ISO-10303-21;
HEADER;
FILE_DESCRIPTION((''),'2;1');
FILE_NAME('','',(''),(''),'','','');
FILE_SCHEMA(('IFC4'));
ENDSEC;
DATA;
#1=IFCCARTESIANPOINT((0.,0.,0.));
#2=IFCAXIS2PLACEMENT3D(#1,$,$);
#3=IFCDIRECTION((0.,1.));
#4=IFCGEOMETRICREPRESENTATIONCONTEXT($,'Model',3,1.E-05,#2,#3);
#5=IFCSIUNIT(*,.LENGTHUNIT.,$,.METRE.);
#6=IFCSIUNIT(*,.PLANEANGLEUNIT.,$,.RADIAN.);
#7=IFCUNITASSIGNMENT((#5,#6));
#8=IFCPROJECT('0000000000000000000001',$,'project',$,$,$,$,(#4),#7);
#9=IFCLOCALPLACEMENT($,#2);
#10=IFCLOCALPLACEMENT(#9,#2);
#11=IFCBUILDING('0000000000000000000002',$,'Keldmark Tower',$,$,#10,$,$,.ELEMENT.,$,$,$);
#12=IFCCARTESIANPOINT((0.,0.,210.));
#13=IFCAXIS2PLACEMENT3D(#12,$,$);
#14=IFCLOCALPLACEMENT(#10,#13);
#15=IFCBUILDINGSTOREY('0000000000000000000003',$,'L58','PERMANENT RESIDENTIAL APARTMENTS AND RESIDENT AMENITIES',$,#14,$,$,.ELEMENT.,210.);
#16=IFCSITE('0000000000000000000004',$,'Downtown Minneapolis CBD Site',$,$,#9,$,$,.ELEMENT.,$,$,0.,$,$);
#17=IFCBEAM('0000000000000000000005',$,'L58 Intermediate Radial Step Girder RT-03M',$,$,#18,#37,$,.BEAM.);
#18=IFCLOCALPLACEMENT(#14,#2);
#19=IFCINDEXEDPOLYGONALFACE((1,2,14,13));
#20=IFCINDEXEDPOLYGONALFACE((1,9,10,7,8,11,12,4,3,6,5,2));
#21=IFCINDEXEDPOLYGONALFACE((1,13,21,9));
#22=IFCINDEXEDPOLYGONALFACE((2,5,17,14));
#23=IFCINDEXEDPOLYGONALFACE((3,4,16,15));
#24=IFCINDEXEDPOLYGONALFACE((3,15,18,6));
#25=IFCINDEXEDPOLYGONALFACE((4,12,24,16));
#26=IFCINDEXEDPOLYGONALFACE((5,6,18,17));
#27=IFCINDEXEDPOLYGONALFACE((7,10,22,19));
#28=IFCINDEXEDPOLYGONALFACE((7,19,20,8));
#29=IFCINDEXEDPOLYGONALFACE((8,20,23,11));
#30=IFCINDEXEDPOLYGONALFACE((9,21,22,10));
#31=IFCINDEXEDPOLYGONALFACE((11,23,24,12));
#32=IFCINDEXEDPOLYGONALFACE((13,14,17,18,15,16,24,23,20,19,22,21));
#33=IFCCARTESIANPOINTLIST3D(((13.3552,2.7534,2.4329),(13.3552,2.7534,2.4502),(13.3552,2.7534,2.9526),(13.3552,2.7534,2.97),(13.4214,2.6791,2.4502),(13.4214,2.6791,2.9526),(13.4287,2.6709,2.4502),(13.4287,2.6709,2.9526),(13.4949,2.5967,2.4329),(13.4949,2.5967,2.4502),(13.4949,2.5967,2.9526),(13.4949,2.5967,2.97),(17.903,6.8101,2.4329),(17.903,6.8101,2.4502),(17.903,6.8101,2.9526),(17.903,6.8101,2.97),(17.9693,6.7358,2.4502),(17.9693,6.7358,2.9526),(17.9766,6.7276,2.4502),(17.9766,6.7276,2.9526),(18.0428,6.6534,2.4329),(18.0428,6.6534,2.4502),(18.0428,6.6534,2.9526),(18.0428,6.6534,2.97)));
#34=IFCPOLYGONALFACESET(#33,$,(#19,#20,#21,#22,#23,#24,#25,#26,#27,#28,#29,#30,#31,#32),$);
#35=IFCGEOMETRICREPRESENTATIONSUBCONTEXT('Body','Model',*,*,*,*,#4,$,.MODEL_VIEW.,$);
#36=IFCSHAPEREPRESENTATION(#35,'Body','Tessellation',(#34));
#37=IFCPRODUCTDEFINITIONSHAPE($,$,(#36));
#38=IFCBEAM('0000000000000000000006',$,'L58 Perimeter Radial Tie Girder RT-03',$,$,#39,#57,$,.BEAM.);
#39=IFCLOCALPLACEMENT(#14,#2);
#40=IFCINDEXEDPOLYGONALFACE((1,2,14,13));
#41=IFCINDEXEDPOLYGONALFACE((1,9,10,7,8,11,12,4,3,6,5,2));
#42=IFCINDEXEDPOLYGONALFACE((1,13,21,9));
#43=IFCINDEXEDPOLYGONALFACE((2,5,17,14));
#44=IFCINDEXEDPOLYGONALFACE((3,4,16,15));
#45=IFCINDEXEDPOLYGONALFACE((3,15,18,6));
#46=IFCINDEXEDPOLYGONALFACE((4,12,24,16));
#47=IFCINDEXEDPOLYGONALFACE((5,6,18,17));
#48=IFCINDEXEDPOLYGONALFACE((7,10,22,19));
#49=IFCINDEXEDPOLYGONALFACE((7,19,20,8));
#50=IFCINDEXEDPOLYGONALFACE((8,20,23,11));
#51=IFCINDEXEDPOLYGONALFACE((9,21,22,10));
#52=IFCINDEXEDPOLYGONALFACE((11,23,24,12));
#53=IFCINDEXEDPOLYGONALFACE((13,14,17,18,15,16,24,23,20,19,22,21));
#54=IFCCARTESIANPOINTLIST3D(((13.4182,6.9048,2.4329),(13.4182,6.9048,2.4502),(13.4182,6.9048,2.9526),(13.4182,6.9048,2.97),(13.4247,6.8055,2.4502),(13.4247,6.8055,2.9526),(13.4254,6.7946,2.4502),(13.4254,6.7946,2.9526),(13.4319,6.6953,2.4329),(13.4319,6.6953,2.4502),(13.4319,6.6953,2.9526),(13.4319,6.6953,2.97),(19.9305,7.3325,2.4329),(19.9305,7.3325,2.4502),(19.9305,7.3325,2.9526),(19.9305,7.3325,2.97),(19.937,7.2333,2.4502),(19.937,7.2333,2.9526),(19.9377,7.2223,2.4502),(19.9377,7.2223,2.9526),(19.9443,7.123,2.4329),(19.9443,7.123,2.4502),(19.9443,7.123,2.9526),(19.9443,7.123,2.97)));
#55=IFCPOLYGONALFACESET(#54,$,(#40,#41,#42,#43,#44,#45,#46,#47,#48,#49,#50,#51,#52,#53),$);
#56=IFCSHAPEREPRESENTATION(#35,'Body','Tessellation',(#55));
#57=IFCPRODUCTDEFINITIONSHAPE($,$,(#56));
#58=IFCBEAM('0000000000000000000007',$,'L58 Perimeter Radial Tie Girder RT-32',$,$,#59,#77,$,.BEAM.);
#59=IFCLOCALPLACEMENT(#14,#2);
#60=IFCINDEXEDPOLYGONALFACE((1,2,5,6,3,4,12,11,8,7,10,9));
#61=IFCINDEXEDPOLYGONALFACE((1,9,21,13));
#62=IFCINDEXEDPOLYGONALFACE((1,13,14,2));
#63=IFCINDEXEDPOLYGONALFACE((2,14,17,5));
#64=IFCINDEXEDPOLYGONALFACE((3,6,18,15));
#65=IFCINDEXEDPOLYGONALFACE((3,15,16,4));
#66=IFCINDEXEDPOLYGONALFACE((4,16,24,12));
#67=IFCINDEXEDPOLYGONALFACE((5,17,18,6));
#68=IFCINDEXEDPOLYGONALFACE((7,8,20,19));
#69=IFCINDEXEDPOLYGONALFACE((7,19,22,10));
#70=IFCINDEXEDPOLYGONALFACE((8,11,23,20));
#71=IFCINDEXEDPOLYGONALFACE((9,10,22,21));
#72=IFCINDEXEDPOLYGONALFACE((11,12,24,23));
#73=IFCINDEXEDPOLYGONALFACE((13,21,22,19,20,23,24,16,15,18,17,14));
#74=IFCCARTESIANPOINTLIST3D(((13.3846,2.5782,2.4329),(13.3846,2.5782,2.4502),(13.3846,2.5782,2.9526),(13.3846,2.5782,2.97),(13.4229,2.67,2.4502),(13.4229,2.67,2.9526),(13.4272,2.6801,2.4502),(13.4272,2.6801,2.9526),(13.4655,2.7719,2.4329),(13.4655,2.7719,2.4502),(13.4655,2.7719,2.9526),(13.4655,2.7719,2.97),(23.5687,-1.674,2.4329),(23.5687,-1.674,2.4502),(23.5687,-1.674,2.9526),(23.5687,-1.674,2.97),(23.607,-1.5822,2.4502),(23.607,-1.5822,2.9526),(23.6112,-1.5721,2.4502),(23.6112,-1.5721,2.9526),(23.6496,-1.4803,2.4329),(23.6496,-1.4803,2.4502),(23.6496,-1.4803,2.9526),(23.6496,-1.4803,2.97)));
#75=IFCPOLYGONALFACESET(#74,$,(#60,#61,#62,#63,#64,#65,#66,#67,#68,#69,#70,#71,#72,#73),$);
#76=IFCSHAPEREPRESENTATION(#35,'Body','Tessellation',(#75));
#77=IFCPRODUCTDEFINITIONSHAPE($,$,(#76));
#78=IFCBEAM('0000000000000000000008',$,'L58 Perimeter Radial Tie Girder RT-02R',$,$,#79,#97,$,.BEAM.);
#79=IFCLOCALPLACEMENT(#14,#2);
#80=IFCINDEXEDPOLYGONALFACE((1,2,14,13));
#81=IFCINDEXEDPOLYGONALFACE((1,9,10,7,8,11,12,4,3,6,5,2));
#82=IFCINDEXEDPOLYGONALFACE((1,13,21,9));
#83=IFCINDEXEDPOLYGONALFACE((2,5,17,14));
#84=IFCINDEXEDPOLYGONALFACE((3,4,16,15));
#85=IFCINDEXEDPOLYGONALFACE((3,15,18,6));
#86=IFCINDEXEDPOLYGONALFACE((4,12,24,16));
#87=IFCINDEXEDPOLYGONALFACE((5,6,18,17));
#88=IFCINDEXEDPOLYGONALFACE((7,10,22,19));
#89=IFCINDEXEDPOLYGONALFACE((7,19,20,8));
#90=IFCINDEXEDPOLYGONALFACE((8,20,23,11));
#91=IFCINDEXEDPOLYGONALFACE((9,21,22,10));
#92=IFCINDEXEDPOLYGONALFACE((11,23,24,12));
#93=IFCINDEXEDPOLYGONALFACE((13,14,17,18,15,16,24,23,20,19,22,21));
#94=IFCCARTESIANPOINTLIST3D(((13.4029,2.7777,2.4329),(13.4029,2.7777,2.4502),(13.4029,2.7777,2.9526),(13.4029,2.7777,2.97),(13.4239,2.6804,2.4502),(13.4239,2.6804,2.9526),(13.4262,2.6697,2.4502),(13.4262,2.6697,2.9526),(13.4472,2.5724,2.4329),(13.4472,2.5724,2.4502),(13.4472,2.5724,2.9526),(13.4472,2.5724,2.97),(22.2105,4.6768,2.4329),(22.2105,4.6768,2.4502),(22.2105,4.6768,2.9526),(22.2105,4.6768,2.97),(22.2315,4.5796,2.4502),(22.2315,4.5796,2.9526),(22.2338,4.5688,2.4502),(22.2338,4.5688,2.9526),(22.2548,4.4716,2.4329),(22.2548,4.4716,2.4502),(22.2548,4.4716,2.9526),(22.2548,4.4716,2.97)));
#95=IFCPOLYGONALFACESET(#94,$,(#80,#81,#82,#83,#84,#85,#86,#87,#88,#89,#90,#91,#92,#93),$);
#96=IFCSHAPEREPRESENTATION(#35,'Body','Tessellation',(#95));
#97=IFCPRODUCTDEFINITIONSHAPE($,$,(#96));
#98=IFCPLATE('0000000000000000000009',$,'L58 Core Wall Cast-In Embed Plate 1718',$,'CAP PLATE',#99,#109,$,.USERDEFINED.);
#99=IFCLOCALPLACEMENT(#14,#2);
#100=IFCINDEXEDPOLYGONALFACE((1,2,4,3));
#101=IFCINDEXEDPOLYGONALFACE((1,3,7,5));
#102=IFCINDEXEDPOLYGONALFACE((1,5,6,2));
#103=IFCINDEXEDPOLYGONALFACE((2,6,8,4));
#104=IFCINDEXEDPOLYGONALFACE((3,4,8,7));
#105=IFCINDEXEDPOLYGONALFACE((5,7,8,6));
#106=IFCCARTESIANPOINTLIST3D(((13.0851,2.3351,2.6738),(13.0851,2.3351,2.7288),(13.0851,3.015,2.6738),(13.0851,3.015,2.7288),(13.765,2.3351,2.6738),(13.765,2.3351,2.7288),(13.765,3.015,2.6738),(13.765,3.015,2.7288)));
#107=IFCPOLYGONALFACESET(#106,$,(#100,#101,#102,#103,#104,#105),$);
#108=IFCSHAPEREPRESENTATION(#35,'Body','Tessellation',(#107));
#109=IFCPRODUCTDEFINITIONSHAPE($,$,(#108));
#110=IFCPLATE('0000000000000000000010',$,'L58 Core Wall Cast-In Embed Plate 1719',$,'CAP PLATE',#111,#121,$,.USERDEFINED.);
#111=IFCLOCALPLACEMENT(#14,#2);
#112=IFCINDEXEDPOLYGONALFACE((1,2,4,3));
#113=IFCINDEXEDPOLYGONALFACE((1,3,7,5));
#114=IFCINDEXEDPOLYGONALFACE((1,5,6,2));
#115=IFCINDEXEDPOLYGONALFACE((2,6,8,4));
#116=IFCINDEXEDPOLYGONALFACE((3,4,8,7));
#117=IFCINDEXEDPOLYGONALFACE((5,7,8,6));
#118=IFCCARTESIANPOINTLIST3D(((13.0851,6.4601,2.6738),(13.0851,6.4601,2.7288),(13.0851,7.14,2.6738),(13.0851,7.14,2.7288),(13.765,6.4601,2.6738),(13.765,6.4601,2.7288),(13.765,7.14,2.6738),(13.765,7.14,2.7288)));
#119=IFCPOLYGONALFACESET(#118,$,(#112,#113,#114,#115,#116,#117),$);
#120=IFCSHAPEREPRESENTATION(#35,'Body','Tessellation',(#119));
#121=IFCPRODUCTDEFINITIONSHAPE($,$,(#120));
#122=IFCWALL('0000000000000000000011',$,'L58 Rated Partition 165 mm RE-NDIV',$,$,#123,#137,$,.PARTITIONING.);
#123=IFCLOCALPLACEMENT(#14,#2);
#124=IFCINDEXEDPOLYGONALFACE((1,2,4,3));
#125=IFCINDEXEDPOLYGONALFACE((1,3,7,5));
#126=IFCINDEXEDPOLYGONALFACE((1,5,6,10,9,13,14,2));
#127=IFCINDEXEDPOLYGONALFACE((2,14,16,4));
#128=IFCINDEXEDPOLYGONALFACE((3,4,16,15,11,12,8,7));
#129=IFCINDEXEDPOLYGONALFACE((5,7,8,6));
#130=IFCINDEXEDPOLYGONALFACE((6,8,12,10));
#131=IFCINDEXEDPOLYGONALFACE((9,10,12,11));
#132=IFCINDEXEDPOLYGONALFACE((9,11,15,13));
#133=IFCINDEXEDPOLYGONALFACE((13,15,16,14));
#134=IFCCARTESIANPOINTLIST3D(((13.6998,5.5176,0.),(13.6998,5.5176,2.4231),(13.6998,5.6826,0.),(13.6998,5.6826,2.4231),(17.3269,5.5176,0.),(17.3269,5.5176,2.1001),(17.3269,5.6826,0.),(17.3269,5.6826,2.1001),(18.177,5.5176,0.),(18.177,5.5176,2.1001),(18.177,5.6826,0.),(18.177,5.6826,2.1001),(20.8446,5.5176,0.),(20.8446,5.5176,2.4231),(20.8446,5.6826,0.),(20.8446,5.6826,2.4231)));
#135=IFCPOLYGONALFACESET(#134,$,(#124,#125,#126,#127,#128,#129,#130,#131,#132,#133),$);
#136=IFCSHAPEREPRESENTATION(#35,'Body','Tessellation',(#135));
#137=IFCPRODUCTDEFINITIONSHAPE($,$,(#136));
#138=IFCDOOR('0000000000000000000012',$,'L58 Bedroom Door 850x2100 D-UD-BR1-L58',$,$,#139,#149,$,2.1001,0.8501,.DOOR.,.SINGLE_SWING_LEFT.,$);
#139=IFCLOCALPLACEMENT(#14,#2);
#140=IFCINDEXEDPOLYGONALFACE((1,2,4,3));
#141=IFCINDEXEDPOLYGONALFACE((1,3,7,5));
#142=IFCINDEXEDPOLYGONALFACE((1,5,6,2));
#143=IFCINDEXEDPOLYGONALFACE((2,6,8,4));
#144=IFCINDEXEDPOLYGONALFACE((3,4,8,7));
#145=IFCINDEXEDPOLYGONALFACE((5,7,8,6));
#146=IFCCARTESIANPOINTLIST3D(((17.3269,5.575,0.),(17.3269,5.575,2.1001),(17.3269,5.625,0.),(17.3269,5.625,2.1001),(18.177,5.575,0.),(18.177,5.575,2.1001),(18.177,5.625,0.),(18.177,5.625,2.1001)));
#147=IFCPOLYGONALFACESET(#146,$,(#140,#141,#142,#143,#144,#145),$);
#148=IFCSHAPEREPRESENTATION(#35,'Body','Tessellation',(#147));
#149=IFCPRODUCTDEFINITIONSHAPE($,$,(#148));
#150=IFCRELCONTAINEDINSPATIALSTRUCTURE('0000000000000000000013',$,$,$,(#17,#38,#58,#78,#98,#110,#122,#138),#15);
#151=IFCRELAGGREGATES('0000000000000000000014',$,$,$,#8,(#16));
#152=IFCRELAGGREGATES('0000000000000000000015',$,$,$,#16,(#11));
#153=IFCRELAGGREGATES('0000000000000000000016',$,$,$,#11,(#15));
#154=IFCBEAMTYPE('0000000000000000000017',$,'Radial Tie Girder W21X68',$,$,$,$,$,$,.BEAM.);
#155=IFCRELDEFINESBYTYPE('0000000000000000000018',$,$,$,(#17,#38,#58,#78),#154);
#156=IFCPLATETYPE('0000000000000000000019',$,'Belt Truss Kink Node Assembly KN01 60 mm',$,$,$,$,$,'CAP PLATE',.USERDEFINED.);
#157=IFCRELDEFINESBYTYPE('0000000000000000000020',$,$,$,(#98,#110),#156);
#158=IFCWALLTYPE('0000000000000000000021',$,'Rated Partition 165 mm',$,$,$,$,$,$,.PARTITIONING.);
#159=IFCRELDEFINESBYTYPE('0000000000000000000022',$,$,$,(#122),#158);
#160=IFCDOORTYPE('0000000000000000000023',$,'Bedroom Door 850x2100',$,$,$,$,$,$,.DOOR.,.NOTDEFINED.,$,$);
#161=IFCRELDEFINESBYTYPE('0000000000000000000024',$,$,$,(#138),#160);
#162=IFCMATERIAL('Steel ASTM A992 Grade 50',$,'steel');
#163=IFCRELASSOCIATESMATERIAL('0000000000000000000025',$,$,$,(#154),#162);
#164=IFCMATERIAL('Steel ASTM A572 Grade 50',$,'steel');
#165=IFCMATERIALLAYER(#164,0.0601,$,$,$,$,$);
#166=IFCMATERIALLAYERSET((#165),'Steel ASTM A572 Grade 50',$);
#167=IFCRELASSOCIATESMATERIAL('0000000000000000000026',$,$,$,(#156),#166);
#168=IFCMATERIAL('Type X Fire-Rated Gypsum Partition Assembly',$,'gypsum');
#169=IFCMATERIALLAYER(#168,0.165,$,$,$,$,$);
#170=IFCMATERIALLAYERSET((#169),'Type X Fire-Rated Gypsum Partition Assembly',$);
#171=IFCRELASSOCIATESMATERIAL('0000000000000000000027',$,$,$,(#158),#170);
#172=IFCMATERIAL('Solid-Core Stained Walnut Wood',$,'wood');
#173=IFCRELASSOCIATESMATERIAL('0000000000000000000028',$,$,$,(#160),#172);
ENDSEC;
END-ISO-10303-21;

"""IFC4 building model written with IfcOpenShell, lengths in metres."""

from ifc_helpers import new_model, si_unit, direction, frame, frame_2d, origin, origin_2d, place, context, subcontext, project, spatial, rectangle, i_section, extrude, material, layer, layer_set, material_profile, profile_set, type_object, element, fill, save


model = new_model("IFC4")

# Units and contexts
model_context = context("Model", 3, precision=1e-05, world=origin(), true_north=direction((0.0, 1.0)))
body_context = subcontext(model_context, "Body", "Model", "MODEL_VIEW")
ifc_project = project(units=[si_unit("LENGTHUNIT", "METRE"), si_unit("PLANEANGLEUNIT", "RADIAN")], contexts=[model_context])

# Site, building, storey
site_placement = place(None, origin())
site = spatial("IfcSite", under=ifc_project, at=site_placement, Name="Downtown Minneapolis CBD Site", CompositionType="ELEMENT", RefElevation=0.0)
building_placement = place(site_placement, origin())
building = spatial("IfcBuilding", under=site, at=building_placement, Name="Keldmark Tower", CompositionType="ELEMENT")
storey_placement = place(building_placement, frame((0.0, 0.0, 210.0)))
storey = spatial("IfcBuildingStorey", under=building, at=storey_placement, Name="L58", Description="PERMANENT RESIDENTIAL APARTMENTS AND RESIDENT AMENITIES", CompositionType="ELEMENT", Elevation=210.0)

# Beams
ifc_material_1 = material(Name="Steel ASTM A992 Grade 50", Category="steel")
ifc_material_profile = material_profile(ifc_material_1, i_section(OverallWidth=0.21, OverallDepth=0.5371, WebThickness=0.011, FlangeThickness=0.0173, at=origin_2d()), Name="W21X68")
ifc_profile_set = profile_set([ifc_material_profile], Name="Steel ASTM A992 Grade 50")
beam_type = type_object("IfcBeamType", Name="Radial Tie Girder W21X68", PredefinedType="BEAM", material=ifc_profile_set)
beam_1_placement = place(storey_placement, frame((13.425, 2.675, 2.7014), z_axis=(0.746259, 0.665656, 0.0), x_axis=(-0.665656, 0.746259, 0.0)))
element("IfcBeam", 1, at=beam_1_placement, inside=storey, type_object=beam_type, Name="L58 Intermediate Radial Step Girder RT-03M", PredefinedType="BEAM", context=body_context, shape_type="SweptSolid", body=[
    extrude(i_section(OverallWidth=0.21, OverallDepth=0.5371, WebThickness=0.011, FlangeThickness=0.0173, at=origin_2d()), origin(), (0.0, 0.0, 1.0), 6.0942),
])
beam_2_placement = place(storey_placement, frame((13.425, 6.8, 2.7014), z_axis=(0.99785, 0.065538, 0.0), x_axis=(-0.065538, 0.99785, 0.0)))
element("IfcBeam", 2, at=beam_2_placement, inside=storey, type_object=beam_type, Name="L58 Perimeter Radial Tie Girder RT-03", PredefinedType="BEAM", context=body_context, shape_type="SweptSolid", body=[
    extrude(i_section(OverallWidth=0.21, OverallDepth=0.5371, WebThickness=0.011, FlangeThickness=0.0173, at=origin_2d()), origin(), (0.0, 0.0, 1.0), 6.5264),
])
beam_3_placement = place(storey_placement, frame((13.425, 2.675, 2.7014), z_axis=(0.922793, -0.385297, 0.0), x_axis=(0.385297, 0.922793, 0.0)))
element("IfcBeam", 3, at=beam_3_placement, inside=storey, type_object=beam_type, Name="L58 Perimeter Radial Tie Girder RT-32", PredefinedType="BEAM", context=body_context, shape_type="SweptSolid", body=[
    extrude(i_section(OverallWidth=0.21, OverallDepth=0.5371, WebThickness=0.011, FlangeThickness=0.0173, at=origin_2d()), origin(), (0.0, 0.0, 1.0), 11.0361),
])
beam_4_placement = place(storey_placement, frame((13.425, 2.675, 2.7014), z_axis=(0.977533, 0.210784, 0.0), x_axis=(-0.210784, 0.977533, 0.0)))
element("IfcBeam", 4, at=beam_4_placement, inside=storey, type_object=beam_type, Name="L58 Perimeter Radial Tie Girder RT-02R", PredefinedType="BEAM", context=body_context, shape_type="SweptSolid", body=[
    extrude(i_section(OverallWidth=0.21, OverallDepth=0.5371, WebThickness=0.011, FlangeThickness=0.0173, at=origin_2d()), origin(), (0.0, 0.0, 1.0), 9.01),
])

# Plates
ifc_material_2 = material(Name="Steel ASTM A572 Grade 50", Category="steel")
ifc_layer_1 = layer(ifc_material_2, 0.0601)
ifc_layer_set_1 = layer_set([ifc_layer_1], Name="Steel ASTM A572 Grade 50")
plate_type = type_object("IfcPlateType", Name="Belt Truss Kink Node Assembly KN01 60 mm", ElementType="CAP PLATE", PredefinedType="USERDEFINED", material=ifc_layer_set_1)
for number, where, z_axis, x_axis, name in (
    (5, (13.425, 2.675, 2.6738), (0.0, 0.0, 1.0), (1.0, 0.0, 0.0), "L58 Core Wall Cast-In Embed Plate 1718"),
    (6, (13.425, 6.8, 2.6738), (0.0, 0.0, 1.0), (1.0, 0.0, 0.0), "L58 Core Wall Cast-In Embed Plate 1719"),
):
    element("IfcPlate", number, at=place(storey_placement, frame(where, z_axis=z_axis, x_axis=x_axis)), inside=storey, type_object=plate_type, Name=name, ObjectType="CAP PLATE", PredefinedType="USERDEFINED", context=body_context, shape_type="SweptSolid", body=[
        extrude(rectangle(XDim=0.6799, YDim=0.6799, at=origin_2d()), origin(), (0.0, 0.0, 1.0), 0.0549),
    ])

# Wall, opening, door
ifc_material_3 = material(Name="Type X Fire-Rated Gypsum Partition Assembly", Category="gypsum")
ifc_layer_2 = layer(ifc_material_3, 0.165)
ifc_layer_set_2 = layer_set([ifc_layer_2], Name="Type X Fire-Rated Gypsum Partition Assembly")
wall_type_1 = type_object("IfcWallType", Name="Rated Partition 165 mm", PredefinedType="PARTITIONING", material=ifc_layer_set_2)
wall_1_placement = place(storey_placement, frame((13.7, 5.6001, 0.0), z_axis=(0.0, 0.0, 1.0), x_axis=(1.0, 0.0, 0.0)))
wall_1 = element("IfcWall", 7, at=wall_1_placement, inside=storey, type_object=wall_type_1, Name="L58 Rated Partition 165 mm RE-NDIV", PredefinedType="PARTITIONING", context=body_context, shape_type="SweptSolid", body=[
    extrude(rectangle(XDim=7.1448, YDim=0.165, at=frame_2d((3.5723, 0.0))), origin(), (0.0, 0.0, 1.0), 2.4231),
])
opening_1_placement = place(wall_1_placement, frame((3.627, 0.0, 0.0)))
opening_1 = element("IfcOpeningElement", 8, at=opening_1_placement, cuts=wall_1, PredefinedType="OPENING", context=body_context, shape_type="SweptSolid", body=[
    extrude(rectangle(XDim=0.8501, YDim=2.1001, at=frame_2d((0.425, 1.05))), frame((0.0, 0.0925, 0.0), z_axis=(0.0, -1.0, 0.0), x_axis=(1.0, 0.0, 0.0)), (0.0, 0.0, 1.0), 0.1851),
])
ifc_material_4 = material(Name="Solid-Core Stained Walnut Wood", Category="wood")
door_type_1 = type_object("IfcDoorType", Name="Bedroom Door 850x2100", OperationType="NOTDEFINED", PredefinedType="DOOR", material=ifc_material_4)
door_1_placement = place(opening_1_placement, origin())
door_1 = element("IfcDoor", 9, at=door_1_placement, inside=storey, type_object=door_type_1, Name="L58 Bedroom Door 850x2100 D-UD-BR1-L58", OperationType="SINGLE_SWING_LEFT", OverallHeight=2.1001, OverallWidth=0.8501, PredefinedType="DOOR", context=body_context, shape_type="SweptSolid", body=[
    extrude(rectangle(XDim=0.8501, YDim=2.1001, at=frame_2d((0.425, 1.05))), frame((0.0, 0.0249, 0.0), z_axis=(0.0, -1.0, 0.0), x_axis=(1.0, 0.0, 0.0)), (0.0, 0.0, 1.0), 0.05),
])
fill(opening_1, door_1)

save(model, "model.ifc")
